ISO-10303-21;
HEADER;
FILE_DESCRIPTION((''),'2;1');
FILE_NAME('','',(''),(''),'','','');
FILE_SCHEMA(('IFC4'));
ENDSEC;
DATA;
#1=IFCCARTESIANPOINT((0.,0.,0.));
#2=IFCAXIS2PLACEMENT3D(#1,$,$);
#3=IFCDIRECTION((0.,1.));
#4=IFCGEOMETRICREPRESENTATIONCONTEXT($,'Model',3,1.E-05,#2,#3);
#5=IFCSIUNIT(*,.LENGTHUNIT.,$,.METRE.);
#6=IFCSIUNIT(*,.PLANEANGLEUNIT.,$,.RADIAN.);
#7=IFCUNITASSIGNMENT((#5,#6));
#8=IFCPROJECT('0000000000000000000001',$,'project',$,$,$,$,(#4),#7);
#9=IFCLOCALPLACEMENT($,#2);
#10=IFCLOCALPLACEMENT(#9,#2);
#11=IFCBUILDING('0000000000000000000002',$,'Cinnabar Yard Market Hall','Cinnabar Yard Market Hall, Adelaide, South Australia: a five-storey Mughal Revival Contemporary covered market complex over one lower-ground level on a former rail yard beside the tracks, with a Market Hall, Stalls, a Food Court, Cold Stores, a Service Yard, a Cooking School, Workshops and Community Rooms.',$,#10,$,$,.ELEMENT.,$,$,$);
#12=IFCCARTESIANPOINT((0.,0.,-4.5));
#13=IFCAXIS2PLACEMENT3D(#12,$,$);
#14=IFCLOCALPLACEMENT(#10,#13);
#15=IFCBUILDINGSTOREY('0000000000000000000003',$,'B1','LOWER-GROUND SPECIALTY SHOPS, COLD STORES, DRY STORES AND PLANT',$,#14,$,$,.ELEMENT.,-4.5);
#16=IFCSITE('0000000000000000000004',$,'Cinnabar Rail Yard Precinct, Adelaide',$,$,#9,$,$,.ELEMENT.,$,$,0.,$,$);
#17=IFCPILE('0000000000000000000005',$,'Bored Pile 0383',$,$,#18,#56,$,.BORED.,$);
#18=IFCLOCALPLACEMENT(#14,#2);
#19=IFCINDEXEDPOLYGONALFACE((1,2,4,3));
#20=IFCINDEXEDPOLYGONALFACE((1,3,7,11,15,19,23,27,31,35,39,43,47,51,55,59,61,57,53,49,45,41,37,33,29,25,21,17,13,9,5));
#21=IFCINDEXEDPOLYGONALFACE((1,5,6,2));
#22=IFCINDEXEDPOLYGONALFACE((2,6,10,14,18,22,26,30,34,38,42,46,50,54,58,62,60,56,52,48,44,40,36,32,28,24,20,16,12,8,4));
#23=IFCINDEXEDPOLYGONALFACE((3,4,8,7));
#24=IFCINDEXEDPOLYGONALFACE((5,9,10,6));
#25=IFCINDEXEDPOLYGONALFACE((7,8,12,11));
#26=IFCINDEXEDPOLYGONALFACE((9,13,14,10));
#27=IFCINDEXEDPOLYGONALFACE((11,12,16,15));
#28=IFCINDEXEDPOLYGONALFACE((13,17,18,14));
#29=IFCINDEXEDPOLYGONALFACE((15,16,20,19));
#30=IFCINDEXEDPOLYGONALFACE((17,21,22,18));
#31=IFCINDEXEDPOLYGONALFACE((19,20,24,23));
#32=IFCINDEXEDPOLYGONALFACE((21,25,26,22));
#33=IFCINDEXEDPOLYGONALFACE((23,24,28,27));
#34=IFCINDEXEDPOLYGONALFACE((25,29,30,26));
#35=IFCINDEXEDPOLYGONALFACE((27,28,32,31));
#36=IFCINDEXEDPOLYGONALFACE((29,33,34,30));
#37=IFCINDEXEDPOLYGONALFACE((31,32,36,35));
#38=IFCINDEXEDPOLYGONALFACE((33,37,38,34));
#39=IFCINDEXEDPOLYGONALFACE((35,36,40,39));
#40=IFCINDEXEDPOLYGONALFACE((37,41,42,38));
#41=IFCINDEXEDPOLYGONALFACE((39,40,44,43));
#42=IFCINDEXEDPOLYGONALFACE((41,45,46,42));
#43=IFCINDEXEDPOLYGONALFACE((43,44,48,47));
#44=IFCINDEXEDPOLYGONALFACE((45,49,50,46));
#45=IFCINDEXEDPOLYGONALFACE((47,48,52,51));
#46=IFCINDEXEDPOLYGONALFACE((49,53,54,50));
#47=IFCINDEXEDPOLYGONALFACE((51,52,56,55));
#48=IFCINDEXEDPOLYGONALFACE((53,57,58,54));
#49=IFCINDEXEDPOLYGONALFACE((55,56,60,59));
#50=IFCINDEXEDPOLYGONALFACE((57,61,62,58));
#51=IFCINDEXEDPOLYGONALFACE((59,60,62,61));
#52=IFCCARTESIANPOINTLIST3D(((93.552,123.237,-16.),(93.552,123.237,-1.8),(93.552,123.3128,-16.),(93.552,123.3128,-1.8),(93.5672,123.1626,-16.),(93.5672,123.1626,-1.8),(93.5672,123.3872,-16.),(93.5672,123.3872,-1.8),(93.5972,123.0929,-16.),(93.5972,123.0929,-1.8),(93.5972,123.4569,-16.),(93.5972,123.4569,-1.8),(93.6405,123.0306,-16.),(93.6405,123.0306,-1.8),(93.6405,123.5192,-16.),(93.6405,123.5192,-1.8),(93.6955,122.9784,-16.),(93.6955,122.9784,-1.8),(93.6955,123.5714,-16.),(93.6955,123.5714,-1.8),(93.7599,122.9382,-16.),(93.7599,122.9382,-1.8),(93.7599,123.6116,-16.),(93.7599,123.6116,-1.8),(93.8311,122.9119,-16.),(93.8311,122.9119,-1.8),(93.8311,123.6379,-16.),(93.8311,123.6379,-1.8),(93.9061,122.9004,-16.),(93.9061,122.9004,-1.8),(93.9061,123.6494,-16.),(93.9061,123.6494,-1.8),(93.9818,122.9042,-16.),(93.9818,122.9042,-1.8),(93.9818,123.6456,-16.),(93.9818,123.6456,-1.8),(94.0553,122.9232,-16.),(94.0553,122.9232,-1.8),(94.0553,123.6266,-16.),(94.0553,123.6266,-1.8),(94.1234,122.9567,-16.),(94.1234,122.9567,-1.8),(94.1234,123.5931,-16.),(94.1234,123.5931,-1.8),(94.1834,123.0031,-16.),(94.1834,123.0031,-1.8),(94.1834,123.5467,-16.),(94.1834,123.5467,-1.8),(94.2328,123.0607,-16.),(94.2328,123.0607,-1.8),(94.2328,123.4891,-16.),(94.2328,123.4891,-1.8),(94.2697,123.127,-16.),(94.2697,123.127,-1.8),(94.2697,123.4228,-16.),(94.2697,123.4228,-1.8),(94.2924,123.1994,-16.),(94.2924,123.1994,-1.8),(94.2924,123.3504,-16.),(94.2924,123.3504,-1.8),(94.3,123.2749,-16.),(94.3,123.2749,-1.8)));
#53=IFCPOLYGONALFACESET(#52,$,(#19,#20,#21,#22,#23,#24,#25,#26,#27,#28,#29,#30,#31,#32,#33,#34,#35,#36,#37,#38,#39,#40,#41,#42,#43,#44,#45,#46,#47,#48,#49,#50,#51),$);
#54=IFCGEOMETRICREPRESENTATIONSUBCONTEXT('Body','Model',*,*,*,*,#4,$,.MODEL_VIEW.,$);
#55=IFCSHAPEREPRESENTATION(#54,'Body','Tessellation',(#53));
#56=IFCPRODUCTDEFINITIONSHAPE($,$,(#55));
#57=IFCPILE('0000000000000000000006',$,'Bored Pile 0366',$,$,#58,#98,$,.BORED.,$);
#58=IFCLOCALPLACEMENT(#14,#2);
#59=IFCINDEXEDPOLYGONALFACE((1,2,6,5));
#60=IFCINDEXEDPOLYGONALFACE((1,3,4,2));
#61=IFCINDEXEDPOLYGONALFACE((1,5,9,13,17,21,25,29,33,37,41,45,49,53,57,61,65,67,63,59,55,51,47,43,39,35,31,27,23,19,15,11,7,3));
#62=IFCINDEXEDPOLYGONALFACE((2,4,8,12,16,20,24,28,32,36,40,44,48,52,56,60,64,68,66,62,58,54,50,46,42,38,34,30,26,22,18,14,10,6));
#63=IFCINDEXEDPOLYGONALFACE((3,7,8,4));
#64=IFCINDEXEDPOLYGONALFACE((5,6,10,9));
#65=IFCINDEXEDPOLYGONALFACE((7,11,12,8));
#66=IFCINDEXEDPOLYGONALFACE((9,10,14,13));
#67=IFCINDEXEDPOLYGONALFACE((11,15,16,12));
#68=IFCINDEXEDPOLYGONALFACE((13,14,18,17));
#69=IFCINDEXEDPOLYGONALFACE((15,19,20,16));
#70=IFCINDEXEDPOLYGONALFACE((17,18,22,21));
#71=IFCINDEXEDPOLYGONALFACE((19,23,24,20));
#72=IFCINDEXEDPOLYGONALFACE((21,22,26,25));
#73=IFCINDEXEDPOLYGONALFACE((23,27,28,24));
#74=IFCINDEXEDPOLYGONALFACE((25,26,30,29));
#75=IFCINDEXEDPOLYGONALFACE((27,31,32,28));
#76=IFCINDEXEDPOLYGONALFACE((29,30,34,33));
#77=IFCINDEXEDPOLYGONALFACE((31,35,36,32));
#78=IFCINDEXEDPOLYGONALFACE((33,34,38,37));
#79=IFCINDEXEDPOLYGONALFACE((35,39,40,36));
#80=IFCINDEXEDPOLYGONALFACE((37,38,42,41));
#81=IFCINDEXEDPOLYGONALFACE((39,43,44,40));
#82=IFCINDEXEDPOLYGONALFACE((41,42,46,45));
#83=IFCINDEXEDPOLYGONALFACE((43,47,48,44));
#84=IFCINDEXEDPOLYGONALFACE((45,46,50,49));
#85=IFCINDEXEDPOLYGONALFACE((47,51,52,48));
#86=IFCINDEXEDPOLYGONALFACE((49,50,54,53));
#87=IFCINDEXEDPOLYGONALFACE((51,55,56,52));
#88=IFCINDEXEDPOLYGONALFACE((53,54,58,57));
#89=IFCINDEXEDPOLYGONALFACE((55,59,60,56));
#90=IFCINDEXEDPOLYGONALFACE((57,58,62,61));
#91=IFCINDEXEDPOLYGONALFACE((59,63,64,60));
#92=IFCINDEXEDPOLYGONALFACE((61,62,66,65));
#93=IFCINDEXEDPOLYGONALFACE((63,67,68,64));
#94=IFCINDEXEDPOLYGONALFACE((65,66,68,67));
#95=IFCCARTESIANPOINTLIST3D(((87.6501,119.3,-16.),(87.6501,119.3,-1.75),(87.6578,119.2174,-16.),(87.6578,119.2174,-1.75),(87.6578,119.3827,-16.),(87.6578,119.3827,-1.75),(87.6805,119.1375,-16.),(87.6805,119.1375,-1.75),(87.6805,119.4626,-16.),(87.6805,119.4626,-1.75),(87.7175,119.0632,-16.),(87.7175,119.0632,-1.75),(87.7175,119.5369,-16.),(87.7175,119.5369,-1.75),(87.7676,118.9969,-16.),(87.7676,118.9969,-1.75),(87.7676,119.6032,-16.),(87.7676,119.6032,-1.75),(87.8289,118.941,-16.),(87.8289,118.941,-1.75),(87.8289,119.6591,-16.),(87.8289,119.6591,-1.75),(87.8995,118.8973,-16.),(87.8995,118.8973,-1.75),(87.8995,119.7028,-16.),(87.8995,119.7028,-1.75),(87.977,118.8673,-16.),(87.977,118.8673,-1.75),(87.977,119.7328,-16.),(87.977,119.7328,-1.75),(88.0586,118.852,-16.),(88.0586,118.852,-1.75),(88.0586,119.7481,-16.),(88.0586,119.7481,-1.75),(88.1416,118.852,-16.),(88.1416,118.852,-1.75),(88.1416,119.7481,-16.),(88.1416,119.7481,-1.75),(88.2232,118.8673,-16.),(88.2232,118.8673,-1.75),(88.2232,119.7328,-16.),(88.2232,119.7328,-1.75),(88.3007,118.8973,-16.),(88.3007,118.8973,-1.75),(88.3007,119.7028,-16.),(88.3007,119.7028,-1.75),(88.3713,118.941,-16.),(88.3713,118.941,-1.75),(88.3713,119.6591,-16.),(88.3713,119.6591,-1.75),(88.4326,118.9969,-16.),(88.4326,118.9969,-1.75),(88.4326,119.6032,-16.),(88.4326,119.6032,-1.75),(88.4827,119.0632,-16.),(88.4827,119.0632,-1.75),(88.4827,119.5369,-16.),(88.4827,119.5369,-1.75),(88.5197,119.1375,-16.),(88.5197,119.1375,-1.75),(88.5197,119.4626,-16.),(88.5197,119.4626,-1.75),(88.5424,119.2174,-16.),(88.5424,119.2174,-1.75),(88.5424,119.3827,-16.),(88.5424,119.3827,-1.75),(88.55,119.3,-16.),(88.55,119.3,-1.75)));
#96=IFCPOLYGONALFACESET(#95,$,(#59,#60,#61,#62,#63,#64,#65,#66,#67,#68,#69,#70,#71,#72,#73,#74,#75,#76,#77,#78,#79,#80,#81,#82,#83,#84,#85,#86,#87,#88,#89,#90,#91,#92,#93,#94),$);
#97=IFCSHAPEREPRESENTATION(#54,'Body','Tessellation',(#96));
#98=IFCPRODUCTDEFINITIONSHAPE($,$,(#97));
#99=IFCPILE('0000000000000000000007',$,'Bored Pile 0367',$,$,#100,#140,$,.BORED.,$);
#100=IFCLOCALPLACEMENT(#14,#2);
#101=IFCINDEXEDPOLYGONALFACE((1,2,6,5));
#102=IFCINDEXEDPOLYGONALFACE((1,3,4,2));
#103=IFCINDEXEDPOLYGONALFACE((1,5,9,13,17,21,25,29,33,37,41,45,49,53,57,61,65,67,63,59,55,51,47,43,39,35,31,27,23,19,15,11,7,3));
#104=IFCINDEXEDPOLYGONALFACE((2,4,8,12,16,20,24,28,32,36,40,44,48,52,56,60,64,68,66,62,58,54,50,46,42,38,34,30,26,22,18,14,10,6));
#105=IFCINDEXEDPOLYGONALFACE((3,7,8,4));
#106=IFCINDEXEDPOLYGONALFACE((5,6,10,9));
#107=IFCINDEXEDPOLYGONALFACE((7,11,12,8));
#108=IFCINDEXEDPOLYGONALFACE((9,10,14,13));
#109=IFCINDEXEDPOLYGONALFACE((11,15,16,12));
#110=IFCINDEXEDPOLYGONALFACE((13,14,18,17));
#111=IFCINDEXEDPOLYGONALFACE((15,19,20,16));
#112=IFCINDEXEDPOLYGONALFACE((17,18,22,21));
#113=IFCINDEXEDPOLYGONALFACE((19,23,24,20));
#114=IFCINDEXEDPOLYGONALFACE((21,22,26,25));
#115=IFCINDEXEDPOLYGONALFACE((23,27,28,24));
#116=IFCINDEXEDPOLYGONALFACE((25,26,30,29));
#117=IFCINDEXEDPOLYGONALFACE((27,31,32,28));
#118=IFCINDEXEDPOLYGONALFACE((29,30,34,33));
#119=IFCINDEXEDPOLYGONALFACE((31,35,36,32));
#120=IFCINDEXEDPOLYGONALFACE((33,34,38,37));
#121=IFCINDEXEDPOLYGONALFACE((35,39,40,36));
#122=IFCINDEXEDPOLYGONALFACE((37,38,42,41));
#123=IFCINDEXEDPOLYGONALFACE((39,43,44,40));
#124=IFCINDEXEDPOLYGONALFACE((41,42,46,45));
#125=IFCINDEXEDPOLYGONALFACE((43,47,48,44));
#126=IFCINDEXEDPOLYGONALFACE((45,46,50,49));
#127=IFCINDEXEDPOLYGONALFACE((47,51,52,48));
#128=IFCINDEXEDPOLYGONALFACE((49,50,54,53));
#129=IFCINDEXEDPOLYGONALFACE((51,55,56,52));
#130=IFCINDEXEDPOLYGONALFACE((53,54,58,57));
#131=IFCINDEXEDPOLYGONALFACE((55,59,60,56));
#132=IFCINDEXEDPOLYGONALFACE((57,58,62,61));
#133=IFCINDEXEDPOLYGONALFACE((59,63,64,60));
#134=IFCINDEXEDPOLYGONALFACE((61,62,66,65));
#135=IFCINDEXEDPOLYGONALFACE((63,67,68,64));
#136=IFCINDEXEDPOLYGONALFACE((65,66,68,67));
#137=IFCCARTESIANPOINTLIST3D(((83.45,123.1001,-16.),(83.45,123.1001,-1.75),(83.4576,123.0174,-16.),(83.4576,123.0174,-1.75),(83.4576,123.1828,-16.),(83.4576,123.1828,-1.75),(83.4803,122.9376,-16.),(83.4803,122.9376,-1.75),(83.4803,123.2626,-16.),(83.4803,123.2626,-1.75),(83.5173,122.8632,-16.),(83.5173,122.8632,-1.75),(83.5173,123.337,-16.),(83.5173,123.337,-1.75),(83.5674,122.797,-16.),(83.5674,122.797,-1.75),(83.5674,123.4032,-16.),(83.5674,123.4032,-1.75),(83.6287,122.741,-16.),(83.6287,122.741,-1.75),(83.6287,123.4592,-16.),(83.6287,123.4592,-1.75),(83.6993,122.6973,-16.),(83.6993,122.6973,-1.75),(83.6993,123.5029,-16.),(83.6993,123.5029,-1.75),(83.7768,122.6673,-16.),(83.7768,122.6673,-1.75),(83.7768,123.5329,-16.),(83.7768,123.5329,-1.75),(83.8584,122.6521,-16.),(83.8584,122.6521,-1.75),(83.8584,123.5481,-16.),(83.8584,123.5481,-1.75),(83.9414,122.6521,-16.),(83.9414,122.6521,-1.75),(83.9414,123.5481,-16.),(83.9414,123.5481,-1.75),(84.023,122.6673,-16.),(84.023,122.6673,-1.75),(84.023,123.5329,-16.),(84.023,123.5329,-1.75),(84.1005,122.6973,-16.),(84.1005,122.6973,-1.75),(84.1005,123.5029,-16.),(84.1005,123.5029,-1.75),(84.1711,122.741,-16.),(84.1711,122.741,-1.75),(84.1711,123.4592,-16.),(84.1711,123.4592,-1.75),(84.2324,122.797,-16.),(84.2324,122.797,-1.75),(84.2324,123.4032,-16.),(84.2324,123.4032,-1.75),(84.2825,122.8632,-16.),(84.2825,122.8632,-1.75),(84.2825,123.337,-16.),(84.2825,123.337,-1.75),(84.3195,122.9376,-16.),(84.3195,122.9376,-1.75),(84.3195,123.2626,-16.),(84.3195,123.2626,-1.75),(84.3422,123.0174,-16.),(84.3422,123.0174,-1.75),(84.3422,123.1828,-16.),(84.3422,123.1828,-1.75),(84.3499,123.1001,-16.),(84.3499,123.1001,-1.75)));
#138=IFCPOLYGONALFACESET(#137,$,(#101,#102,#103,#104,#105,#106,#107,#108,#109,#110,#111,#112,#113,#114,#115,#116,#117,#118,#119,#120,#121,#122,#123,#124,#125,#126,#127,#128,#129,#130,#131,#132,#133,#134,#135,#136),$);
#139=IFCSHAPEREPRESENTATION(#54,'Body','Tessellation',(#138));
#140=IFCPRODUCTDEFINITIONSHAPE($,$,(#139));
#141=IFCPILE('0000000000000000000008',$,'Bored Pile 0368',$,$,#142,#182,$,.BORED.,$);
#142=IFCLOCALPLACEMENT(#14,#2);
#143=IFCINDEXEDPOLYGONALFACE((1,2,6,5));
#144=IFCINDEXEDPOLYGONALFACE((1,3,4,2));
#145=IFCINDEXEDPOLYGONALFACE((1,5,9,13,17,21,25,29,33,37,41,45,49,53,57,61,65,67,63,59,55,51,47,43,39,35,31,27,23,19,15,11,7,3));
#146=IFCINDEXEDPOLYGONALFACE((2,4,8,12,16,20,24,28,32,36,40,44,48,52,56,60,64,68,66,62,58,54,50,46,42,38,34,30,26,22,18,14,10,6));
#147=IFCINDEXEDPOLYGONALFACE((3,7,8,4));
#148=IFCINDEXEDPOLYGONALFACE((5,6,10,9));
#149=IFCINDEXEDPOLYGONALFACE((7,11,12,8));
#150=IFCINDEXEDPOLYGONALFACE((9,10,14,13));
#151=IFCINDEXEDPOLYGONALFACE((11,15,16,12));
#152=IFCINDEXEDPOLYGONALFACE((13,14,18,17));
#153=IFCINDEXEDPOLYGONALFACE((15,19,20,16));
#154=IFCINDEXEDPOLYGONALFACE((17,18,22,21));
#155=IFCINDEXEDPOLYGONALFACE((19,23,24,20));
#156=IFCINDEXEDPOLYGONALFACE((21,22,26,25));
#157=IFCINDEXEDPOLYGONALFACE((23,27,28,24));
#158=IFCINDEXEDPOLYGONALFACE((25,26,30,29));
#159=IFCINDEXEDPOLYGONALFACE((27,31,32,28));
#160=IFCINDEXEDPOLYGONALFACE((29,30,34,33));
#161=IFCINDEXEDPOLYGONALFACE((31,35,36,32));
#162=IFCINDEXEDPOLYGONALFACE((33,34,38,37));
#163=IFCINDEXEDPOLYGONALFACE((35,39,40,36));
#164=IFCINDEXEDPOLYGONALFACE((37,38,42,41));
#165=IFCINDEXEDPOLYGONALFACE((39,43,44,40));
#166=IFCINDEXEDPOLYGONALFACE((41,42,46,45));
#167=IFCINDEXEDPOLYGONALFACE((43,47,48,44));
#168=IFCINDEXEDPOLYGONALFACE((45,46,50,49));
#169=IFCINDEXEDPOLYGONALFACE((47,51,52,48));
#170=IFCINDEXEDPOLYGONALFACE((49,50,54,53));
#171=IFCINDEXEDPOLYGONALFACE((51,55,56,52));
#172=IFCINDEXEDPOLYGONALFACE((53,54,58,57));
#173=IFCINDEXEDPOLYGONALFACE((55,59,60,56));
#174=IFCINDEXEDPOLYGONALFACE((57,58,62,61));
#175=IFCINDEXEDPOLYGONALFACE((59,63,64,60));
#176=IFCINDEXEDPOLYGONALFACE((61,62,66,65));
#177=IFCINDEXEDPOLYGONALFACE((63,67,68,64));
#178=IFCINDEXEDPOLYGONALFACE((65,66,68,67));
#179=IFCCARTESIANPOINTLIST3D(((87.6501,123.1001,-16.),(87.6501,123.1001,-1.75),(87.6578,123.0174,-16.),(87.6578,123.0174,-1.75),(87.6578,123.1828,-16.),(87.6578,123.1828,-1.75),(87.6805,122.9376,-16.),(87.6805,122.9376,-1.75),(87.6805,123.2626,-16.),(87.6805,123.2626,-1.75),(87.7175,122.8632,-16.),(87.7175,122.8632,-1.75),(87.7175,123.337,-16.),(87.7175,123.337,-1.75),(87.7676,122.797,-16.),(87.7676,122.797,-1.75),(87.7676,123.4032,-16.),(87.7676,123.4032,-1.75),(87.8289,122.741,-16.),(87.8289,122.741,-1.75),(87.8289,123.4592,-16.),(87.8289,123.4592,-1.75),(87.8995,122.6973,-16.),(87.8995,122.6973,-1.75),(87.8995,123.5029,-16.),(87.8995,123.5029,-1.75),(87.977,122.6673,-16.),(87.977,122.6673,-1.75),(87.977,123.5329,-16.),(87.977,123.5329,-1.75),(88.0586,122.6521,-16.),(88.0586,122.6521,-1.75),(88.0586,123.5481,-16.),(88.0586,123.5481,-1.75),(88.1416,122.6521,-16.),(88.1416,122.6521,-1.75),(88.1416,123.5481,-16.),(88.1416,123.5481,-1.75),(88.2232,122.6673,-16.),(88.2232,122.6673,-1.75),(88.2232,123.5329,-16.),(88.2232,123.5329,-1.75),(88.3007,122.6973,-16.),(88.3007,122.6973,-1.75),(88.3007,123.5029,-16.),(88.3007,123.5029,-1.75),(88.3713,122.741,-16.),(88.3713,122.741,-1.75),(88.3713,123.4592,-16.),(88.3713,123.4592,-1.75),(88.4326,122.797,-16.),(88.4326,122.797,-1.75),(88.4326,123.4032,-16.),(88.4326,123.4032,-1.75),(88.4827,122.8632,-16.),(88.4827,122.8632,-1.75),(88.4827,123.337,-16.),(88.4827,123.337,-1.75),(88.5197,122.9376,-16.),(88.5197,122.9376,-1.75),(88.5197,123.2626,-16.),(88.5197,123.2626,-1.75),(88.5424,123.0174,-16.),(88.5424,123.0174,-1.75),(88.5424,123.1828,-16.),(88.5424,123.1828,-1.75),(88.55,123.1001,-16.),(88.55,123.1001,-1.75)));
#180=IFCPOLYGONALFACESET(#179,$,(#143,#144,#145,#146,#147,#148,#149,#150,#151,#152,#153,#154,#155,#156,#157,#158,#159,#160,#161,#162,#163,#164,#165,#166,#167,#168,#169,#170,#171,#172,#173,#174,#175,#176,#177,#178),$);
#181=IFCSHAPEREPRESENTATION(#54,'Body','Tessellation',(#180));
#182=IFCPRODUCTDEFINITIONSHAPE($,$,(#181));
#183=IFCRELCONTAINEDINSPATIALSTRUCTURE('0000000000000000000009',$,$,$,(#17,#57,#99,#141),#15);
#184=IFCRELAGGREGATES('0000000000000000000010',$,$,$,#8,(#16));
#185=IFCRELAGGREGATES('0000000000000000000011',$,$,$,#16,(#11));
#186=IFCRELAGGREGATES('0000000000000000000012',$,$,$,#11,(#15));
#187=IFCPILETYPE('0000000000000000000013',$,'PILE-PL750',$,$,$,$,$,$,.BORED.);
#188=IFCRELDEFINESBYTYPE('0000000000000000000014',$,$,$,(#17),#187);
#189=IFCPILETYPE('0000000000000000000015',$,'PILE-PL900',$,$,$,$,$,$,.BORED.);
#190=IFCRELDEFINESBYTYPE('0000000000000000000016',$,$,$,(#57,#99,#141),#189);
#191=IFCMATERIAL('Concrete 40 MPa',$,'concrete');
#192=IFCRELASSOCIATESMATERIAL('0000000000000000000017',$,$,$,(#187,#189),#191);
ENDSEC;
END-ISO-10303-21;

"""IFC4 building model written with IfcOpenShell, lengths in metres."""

from ifc_helpers import new_model, si_unit, direction, frame, origin, origin_2d_with_axis, place, context, subcontext, project, spatial, circle, extrude, material, material_profile, profile_set, type_object, element, save


model = new_model("IFC4")

# Units and contexts
model_context = context("Model", 3, precision=1e-05, world=origin(), true_north=direction((0.0, 1.0)))
body_context = subcontext(model_context, "Body", "Model", "MODEL_VIEW")
ifc_project = project(units=[si_unit("LENGTHUNIT", "METRE"), si_unit("PLANEANGLEUNIT", "RADIAN")], contexts=[model_context])

# Site, building, storey
site_placement = place(None, origin())
site = spatial("IfcSite", under=ifc_project, at=site_placement, Name="Cinnabar Rail Yard Precinct, Adelaide", CompositionType="ELEMENT", RefElevation=0.0)
building_placement = place(site_placement, origin())
building = spatial("IfcBuilding", under=site, at=building_placement, Name="Cinnabar Yard Market Hall", Description="Cinnabar Yard Market Hall, Adelaide, South Australia: a five-storey Mughal Revival Contemporary covered market complex over one lower-ground level on a former rail yard beside the tracks, with a Market Hall, Stalls, a Food Court, Cold Stores, a Service Yard, a Cooking School, Workshops and Community Rooms.", CompositionType="ELEMENT")
storey_placement = place(building_placement, frame((0.0, 0.0, -4.5)))
storey = spatial("IfcBuildingStorey", under=building, at=storey_placement, Name="B1", Description="LOWER-GROUND SPECIALTY SHOPS, COLD STORES, DRY STORES AND PLANT", CompositionType="ELEMENT", Elevation=-4.5)

# Shared definitions
ifc_material_1 = material(Name="Concrete 40 MPa", Category="concrete")

# Piles
ifc_material_profile_1 = material_profile(ifc_material_1, circle(Radius=0.375, at=origin_2d_with_axis()), Name="PILE-D750")
ifc_profile_set_1 = profile_set([ifc_material_profile_1], Name="Concrete 40 MPa")
pile_type_1 = type_object("IfcPileType", Name="PILE-PL750", PredefinedType="BORED", material=ifc_profile_set_1)
pile_1_placement = place(storey_placement, frame((93.925, 123.2749, -1.8), z_axis=(0.0, 0.0, -1.0), x_axis=(1.0, 0.0, 0.0)))
element("IfcPile", 1, at=pile_1_placement, inside=storey, type_object=pile_type_1, Name="Bored Pile 0383", PredefinedType="BORED", context=body_context, shape_type="SweptSolid", body=[
    extrude(circle(Radius=0.375, at=origin_2d_with_axis()), origin(), (0.0, 0.0, 1.0), 14.2),
])
ifc_material_profile_2 = material_profile(ifc_material_1, circle(Radius=0.45, at=origin_2d_with_axis()), Name="PILE-D900")
ifc_profile_set_2 = profile_set([ifc_material_profile_2], Name="Concrete 40 MPa")
pile_type_2 = type_object("IfcPileType", Name="PILE-PL900", PredefinedType="BORED", material=ifc_profile_set_2)
for number, where, z_axis, x_axis, name in (
    (2, (88.1001, 119.3, -1.75), (0.0, 0.0, -1.0), (1.0, 0.0, 0.0), "Bored Pile 0366"),
    (3, (83.8999, 123.1001, -1.75), (0.0, 0.0, -1.0), (1.0, 0.0, 0.0), "Bored Pile 0367"),
    (4, (88.1001, 123.1001, -1.75), (0.0, 0.0, -1.0), (1.0, 0.0, 0.0), "Bored Pile 0368"),
):
    element("IfcPile", number, at=place(storey_placement, frame(where, z_axis=z_axis, x_axis=x_axis)), inside=storey, type_object=pile_type_2, Name=name, PredefinedType="BORED", context=body_context, shape_type="SweptSolid", body=[
        extrude(circle(Radius=0.45, at=origin_2d_with_axis()), origin(), (0.0, 0.0, 1.0), 14.25),
    ])

save(model, "model.ifc")
